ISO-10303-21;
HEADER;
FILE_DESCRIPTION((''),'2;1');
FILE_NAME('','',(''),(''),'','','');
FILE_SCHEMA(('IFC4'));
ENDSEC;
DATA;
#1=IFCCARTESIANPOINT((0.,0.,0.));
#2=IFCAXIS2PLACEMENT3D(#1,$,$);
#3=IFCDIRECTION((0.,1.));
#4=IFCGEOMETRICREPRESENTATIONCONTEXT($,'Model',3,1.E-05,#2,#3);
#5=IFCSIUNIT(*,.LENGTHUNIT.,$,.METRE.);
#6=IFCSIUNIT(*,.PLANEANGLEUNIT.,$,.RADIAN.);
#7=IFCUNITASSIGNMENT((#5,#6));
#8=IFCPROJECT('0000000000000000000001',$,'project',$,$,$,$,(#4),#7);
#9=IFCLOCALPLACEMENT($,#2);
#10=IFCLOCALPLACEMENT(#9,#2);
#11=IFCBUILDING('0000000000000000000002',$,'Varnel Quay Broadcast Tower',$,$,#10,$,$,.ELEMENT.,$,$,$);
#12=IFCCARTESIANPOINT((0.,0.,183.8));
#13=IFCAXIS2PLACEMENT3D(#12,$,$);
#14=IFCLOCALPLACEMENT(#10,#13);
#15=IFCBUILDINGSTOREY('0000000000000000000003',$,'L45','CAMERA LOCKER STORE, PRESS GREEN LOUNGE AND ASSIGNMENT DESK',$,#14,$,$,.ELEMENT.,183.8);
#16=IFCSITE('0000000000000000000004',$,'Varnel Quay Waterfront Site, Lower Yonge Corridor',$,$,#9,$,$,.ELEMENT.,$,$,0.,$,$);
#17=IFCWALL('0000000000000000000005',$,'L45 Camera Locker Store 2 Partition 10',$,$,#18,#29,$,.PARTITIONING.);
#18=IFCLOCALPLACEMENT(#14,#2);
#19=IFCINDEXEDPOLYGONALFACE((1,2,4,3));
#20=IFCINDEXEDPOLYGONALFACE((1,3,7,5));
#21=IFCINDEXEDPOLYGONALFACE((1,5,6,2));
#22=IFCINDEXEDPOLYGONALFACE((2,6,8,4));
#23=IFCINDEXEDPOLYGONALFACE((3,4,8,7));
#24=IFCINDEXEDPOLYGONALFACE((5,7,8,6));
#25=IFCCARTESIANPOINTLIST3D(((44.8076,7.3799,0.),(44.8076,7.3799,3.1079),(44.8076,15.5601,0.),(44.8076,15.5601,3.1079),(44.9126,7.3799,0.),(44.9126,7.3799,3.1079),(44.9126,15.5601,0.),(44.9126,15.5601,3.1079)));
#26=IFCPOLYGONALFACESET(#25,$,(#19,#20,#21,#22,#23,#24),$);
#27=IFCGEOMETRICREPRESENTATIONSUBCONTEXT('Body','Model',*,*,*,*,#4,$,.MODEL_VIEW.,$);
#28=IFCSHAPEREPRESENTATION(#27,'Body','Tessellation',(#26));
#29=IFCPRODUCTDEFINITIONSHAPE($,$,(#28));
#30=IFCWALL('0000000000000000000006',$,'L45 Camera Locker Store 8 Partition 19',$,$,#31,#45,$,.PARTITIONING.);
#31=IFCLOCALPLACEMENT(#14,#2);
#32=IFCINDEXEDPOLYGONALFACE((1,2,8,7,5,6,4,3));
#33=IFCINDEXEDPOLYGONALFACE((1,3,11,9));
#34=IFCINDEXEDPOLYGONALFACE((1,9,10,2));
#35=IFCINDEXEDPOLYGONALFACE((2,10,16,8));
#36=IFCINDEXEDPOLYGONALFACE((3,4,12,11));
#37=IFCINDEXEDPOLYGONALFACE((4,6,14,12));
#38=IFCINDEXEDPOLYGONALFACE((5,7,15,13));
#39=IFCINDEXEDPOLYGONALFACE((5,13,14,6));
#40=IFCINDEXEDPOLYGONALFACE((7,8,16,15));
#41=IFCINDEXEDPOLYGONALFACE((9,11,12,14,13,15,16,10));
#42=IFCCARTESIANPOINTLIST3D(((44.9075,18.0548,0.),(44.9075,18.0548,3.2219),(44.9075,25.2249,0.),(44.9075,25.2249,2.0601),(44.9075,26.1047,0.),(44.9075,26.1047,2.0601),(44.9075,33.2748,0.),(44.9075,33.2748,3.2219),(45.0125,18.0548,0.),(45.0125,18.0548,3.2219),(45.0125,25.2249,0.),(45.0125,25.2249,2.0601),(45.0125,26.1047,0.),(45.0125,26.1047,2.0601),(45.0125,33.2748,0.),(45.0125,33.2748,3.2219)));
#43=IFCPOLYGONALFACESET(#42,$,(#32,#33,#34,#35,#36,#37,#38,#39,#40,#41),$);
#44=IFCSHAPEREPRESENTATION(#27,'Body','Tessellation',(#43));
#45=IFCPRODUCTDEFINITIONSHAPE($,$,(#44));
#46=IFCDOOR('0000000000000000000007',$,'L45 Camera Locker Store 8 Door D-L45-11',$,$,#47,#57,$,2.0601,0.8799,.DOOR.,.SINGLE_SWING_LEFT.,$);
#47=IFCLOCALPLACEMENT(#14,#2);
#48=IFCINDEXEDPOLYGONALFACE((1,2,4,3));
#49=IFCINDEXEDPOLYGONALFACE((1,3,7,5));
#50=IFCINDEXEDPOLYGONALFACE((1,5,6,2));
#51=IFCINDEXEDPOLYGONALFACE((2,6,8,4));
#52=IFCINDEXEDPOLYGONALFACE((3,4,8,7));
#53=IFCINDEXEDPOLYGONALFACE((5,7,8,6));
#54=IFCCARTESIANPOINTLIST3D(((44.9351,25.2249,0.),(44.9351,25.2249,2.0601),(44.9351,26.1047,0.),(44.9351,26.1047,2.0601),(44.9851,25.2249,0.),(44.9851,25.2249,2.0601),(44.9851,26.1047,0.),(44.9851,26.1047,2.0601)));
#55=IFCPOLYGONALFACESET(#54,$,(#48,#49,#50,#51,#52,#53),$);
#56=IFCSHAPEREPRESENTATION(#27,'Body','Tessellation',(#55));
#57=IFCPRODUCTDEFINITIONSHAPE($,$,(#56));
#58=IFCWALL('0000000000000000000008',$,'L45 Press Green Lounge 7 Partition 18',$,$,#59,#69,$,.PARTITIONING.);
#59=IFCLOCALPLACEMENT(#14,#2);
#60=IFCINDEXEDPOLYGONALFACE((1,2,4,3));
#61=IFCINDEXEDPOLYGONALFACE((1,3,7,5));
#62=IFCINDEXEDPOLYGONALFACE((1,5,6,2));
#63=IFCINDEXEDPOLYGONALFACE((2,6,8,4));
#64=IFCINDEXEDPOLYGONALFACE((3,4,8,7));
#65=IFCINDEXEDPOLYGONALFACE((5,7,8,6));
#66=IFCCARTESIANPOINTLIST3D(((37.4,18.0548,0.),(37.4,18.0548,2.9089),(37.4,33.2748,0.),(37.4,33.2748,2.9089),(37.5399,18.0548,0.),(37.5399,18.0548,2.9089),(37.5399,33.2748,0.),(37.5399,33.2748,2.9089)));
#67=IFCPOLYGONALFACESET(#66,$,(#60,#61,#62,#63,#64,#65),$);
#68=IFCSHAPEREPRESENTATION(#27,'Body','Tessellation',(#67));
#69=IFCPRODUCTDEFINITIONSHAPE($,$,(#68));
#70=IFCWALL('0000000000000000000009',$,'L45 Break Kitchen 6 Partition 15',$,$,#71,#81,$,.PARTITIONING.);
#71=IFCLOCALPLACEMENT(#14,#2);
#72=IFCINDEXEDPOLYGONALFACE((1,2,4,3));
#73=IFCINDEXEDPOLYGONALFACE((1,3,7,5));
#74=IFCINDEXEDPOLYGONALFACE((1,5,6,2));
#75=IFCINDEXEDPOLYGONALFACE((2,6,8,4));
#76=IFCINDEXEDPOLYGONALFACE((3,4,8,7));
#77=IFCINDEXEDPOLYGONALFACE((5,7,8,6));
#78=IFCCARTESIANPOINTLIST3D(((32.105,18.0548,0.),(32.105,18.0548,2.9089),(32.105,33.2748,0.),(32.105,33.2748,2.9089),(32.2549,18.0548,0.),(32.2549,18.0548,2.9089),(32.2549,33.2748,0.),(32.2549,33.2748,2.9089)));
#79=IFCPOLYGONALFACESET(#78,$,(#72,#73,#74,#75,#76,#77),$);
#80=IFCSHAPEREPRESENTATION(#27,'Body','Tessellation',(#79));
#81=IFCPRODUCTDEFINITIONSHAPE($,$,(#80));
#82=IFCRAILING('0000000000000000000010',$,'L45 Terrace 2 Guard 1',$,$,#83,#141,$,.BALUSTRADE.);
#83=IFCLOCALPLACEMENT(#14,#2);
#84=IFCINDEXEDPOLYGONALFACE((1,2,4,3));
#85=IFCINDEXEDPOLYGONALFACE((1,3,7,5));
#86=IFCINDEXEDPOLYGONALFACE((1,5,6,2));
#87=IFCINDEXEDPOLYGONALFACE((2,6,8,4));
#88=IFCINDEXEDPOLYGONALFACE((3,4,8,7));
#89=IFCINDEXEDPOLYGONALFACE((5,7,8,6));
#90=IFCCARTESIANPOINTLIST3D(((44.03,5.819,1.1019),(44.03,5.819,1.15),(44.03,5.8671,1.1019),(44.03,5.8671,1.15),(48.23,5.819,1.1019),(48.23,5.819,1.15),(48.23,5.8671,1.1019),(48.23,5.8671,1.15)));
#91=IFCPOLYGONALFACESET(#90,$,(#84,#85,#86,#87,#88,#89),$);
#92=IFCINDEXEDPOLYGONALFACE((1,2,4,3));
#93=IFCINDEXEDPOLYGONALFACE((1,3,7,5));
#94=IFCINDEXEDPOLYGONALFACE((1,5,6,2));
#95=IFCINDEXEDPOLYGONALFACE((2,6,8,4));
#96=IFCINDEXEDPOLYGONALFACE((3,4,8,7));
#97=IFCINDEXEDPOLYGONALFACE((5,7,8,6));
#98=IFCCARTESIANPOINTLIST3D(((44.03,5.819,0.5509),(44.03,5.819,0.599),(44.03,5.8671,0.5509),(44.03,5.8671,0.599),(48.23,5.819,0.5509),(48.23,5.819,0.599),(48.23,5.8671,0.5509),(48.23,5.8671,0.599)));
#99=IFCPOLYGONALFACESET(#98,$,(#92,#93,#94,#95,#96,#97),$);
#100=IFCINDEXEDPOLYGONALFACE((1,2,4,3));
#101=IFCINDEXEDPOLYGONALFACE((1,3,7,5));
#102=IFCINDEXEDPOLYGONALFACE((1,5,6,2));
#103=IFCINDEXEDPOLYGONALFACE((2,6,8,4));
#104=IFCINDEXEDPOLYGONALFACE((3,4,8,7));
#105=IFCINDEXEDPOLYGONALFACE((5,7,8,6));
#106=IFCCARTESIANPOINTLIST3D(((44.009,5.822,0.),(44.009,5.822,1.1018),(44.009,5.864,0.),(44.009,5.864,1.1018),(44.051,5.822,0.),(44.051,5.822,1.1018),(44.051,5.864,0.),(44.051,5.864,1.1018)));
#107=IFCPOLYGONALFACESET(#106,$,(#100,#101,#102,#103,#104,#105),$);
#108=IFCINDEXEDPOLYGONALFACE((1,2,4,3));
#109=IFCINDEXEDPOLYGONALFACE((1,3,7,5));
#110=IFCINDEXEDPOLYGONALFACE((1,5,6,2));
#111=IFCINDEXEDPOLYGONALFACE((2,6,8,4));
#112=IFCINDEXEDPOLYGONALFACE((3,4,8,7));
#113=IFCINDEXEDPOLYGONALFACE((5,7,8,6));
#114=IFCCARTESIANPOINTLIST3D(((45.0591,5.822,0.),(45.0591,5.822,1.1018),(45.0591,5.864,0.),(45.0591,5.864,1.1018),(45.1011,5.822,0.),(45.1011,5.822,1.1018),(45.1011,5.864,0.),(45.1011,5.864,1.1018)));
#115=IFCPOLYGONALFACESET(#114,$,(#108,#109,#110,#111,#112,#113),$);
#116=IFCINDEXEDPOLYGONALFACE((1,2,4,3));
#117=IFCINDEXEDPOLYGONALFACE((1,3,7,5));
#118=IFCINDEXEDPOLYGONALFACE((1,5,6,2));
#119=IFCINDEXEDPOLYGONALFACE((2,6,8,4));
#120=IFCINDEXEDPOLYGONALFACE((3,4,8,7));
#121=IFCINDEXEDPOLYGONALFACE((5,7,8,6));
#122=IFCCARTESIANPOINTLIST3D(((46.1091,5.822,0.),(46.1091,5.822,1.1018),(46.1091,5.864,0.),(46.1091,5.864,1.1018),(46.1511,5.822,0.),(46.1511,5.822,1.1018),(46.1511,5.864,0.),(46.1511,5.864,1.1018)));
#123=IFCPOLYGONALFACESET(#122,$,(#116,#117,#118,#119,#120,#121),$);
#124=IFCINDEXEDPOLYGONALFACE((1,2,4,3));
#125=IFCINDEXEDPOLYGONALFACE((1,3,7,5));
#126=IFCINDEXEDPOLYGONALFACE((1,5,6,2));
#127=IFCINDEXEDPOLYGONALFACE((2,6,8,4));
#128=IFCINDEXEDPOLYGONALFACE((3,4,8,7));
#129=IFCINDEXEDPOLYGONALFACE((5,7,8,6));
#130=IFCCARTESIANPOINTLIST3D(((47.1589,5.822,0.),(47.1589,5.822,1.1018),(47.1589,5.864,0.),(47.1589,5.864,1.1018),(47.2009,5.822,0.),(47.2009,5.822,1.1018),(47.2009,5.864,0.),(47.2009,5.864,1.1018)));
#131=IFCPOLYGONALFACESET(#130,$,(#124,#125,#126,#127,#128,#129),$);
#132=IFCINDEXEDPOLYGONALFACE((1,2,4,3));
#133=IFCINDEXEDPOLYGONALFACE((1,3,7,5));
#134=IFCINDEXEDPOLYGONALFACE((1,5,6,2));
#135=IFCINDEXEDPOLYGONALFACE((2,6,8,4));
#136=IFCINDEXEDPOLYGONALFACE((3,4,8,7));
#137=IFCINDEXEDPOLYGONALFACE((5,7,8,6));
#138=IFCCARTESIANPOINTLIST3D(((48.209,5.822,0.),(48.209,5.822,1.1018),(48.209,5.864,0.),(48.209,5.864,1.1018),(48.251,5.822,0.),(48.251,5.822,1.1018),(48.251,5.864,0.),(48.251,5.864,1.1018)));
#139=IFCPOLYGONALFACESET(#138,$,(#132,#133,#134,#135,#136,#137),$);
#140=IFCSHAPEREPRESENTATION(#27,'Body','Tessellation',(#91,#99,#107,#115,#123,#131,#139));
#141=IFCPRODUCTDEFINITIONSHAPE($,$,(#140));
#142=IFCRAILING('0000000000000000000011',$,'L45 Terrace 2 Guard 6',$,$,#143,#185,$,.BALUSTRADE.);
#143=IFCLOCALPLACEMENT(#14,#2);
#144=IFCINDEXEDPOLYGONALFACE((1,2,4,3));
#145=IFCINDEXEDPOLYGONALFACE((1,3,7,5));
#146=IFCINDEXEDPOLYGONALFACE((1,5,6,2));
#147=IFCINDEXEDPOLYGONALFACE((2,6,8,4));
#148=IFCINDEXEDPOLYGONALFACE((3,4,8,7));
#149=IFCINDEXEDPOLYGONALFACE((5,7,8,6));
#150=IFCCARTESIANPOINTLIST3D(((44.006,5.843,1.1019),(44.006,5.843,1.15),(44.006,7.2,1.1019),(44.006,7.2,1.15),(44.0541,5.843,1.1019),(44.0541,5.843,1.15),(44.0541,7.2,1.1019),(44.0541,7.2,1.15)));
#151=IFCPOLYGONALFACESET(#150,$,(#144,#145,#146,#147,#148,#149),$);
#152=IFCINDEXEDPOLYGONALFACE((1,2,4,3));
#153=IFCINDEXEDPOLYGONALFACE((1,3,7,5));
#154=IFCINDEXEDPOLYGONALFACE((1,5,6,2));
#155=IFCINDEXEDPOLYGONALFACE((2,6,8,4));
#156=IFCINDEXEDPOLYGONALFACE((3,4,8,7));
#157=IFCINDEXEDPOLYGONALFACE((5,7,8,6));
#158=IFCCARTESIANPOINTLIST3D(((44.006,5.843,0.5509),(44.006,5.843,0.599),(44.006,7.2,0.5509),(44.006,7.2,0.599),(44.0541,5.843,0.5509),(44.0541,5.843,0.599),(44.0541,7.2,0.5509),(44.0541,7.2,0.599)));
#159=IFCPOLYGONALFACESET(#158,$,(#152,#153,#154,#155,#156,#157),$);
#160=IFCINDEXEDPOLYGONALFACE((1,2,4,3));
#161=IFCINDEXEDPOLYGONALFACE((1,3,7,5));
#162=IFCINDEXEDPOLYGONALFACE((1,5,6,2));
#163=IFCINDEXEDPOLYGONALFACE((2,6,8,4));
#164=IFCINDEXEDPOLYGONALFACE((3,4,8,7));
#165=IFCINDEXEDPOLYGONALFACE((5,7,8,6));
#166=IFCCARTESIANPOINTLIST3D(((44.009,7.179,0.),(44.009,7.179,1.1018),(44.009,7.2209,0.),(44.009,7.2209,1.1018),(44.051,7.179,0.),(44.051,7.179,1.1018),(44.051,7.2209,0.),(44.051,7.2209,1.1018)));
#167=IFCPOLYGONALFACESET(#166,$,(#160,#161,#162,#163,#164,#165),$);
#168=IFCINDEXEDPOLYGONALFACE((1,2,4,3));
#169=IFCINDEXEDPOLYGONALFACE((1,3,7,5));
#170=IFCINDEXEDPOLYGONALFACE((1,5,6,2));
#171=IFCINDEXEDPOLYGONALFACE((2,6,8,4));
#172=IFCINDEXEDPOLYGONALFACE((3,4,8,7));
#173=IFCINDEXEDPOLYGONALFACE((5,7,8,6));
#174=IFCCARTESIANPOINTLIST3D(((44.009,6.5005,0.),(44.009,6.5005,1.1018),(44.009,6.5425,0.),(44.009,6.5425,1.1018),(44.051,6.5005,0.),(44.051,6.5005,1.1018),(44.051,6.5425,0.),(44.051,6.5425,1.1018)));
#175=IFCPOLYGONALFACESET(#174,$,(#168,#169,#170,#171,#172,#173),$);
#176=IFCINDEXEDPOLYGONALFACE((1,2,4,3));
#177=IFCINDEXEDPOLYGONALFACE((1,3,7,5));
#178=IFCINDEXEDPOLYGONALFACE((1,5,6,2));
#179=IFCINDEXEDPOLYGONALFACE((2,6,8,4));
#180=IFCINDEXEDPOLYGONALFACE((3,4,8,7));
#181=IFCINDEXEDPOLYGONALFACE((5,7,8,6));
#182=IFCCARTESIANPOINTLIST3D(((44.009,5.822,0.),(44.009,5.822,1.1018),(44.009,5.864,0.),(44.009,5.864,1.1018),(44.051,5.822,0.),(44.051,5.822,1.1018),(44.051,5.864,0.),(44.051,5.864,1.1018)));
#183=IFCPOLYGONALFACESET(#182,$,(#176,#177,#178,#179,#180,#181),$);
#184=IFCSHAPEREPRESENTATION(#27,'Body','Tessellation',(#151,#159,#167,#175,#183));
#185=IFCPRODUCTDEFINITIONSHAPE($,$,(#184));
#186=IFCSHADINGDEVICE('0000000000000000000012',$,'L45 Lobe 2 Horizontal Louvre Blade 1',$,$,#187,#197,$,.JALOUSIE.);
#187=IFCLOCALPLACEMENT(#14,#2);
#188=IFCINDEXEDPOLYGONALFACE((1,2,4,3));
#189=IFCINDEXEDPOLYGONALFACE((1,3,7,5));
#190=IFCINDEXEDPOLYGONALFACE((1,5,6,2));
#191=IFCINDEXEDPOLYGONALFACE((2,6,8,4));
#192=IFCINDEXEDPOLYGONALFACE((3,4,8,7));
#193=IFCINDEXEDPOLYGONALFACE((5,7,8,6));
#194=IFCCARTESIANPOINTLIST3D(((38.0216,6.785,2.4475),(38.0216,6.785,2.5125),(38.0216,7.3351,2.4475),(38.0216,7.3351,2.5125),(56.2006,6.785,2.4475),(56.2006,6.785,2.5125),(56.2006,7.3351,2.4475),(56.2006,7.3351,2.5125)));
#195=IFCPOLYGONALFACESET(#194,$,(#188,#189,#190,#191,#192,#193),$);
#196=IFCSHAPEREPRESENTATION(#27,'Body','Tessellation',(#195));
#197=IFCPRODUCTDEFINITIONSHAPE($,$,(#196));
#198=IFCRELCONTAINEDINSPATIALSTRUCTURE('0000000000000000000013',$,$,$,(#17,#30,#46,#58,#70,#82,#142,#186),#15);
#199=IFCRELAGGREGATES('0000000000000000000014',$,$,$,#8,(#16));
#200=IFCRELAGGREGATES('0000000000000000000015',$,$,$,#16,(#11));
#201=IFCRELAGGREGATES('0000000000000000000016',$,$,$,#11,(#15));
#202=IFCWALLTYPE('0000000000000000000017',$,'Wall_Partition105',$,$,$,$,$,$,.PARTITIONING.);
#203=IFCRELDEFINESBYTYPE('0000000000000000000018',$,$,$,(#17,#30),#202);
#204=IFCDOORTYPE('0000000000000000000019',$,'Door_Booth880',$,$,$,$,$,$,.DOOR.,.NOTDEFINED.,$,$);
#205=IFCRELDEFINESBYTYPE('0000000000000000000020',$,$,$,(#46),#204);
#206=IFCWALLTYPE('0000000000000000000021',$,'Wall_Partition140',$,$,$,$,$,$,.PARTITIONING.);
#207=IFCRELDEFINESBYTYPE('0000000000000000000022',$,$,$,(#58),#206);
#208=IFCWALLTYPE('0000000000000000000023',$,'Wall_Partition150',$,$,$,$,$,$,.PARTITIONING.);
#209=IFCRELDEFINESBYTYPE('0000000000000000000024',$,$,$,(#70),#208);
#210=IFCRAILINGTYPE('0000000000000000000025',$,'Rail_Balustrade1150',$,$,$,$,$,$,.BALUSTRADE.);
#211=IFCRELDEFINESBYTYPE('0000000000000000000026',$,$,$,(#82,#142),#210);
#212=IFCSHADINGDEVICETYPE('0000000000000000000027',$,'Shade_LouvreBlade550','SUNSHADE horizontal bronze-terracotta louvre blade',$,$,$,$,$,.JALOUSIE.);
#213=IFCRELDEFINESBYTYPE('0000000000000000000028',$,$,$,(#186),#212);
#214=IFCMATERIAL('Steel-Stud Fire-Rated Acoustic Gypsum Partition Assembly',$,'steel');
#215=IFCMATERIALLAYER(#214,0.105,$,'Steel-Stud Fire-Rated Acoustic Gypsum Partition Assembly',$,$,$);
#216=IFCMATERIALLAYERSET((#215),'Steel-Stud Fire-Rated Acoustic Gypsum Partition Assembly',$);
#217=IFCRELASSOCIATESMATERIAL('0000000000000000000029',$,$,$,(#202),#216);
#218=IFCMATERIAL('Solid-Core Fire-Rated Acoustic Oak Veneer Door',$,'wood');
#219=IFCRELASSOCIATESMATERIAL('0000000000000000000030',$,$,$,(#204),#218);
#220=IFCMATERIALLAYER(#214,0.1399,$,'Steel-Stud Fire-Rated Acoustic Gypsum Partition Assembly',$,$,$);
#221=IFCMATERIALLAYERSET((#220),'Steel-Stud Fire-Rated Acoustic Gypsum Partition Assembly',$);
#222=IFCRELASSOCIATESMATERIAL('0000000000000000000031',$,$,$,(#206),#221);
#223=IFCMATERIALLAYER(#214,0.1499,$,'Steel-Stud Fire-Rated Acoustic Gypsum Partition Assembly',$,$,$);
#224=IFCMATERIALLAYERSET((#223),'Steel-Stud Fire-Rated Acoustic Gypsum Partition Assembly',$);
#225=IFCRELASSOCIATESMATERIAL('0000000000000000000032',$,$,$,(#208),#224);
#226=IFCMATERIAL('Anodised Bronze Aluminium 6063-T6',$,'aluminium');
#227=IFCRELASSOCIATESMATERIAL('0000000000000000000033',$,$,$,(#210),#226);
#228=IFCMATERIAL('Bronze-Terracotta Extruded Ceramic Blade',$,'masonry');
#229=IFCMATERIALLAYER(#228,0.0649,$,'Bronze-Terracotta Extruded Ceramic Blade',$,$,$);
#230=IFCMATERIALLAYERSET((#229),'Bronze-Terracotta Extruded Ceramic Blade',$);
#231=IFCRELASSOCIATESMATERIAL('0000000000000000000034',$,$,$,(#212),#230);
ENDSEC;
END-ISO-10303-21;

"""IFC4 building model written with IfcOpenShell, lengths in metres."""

from ifc_helpers import new_model, si_unit, direction, frame, frame_2d, origin, origin_2d, place, context, subcontext, project, spatial, rectangle, extrude, source, transform, mapped, material, layer, layer_set, type_object, type_shapes, element, fill, save


model = new_model("IFC4")

# Units and contexts
model_context = context("Model", 3, precision=1e-05, world=origin(), true_north=direction((0.0, 1.0)))
body_context = subcontext(model_context, "Body", "Model", "MODEL_VIEW")
ifc_project = project(units=[si_unit("LENGTHUNIT", "METRE"), si_unit("PLANEANGLEUNIT", "RADIAN")], contexts=[model_context])

# Site, building, storey
site_placement = place(None, origin())
site = spatial("IfcSite", under=ifc_project, at=site_placement, Name="Varnel Quay Waterfront Site, Lower Yonge Corridor", CompositionType="ELEMENT", RefElevation=0.0)
building_placement = place(site_placement, origin())
building = spatial("IfcBuilding", under=site, at=building_placement, Name="Varnel Quay Broadcast Tower", CompositionType="ELEMENT")
storey_placement = place(building_placement, frame((0.0, 0.0, 183.8)))
storey = spatial("IfcBuildingStorey", under=building, at=storey_placement, Name="L45", Description="CAMERA LOCKER STORE, PRESS GREEN LOUNGE AND ASSIGNMENT DESK", CompositionType="ELEMENT", Elevation=183.8)

# Shared definitions
ifc_material_1 = material(Name="Anodised Bronze Aluminium 6063-T6", Category="aluminium")

# Wall
ifc_material_2 = material(Name="Steel-Stud Fire-Rated Acoustic Gypsum Partition Assembly", Category="steel")
ifc_layer_1 = layer(ifc_material_2, 0.105, Name="Steel-Stud Fire-Rated Acoustic Gypsum Partition Assembly")
ifc_layer_set_1 = layer_set([ifc_layer_1], Name="Steel-Stud Fire-Rated Acoustic Gypsum Partition Assembly")
wall_type_1 = type_object("IfcWallType", Name="Wall_Partition105", PredefinedType="PARTITIONING", material=ifc_layer_set_1)
wall_1_placement = place(storey_placement, frame((44.8601, 7.3799, 0.0), z_axis=(0.0, 0.0, 1.0), x_axis=(0.0, 1.0, 0.0)))
element("IfcWall", 1, at=wall_1_placement, inside=storey, type_object=wall_type_1, Name="L45 Camera Locker Store 2 Partition 10", PredefinedType="PARTITIONING", context=body_context, shape_type="SweptSolid", body=[
    extrude(rectangle(XDim=8.1802, YDim=0.105, at=frame_2d((4.0901, 0.0))), origin(), (0.0, 0.0, 1.0), 3.1079),
])

# Wall, opening, door
wall_2_placement = place(storey_placement, frame((44.96, 18.0549, 0.0), z_axis=(0.0, 0.0, 1.0), x_axis=(0.0, 1.0, 0.0)))
wall_2 = element("IfcWall", 2, at=wall_2_placement, inside=storey, type_object=wall_type_1, Name="L45 Camera Locker Store 8 Partition 19", PredefinedType="PARTITIONING", context=body_context, shape_type="SweptSolid", body=[
    extrude(rectangle(XDim=15.22, YDim=0.105, at=frame_2d((7.6099, 0.0))), origin(), (0.0, 0.0, 1.0), 3.2219),
])
opening_1_placement = place(wall_2_placement, frame((7.1699, 0.0, 0.0)))
opening_1 = element("IfcOpeningElement", 3, at=opening_1_placement, cuts=wall_2, PredefinedType="OPENING", context=body_context, shape_type="SweptSolid", body=[
    extrude(rectangle(XDim=0.8799, YDim=2.0601, at=frame_2d((0.4399, 1.03))), frame((0.0, 0.0625, 0.0), z_axis=(0.0, -1.0, 0.0), x_axis=(1.0, 0.0, 0.0)), (0.0, 0.0, 1.0), 0.125),
])
ifc_material_3 = material(Name="Solid-Core Fire-Rated Acoustic Oak Veneer Door", Category="wood")
door_type_1 = type_object("IfcDoorType", Name="Door_Booth880", OperationType="NOTDEFINED", PredefinedType="DOOR", material=ifc_material_3)
shared_shape_1 = source(origin(), body_context, "Body", "SweptSolid", [
    extrude(rectangle(XDim=0.8799, YDim=2.0601, at=frame_2d((0.4399, 1.03))), frame((0.0, 0.0249, 0.0), z_axis=(0.0, -1.0, 0.0), x_axis=(1.0, 0.0, 0.0)), (0.0, 0.0, 1.0), 0.05),
])
type_shapes(door_type_1, [shared_shape_1])
door_1_placement = place(opening_1_placement, origin())
door_1 = element("IfcDoor", 4, at=door_1_placement, inside=storey, type_object=door_type_1, Name="L45 Camera Locker Store 8 Door D-L45-11", OperationType="SINGLE_SWING_LEFT", OverallHeight=2.0601, OverallWidth=0.8799, PredefinedType="DOOR", context=body_context, shape_type="MappedRepresentation", body=[
    mapped(shared_shape_1, transform((0.0, 0.0, 0.0), x_axis=(1.0, 0.0, 0.0), y_axis=(0.0, 1.0, 0.0), z_axis=(0.0, 0.0, 1.0), scale=1.0)),
])
fill(opening_1, door_1)

# Walls
ifc_layer_2 = layer(ifc_material_2, 0.1399, Name="Steel-Stud Fire-Rated Acoustic Gypsum Partition Assembly")
ifc_layer_set_2 = layer_set([ifc_layer_2], Name="Steel-Stud Fire-Rated Acoustic Gypsum Partition Assembly")
wall_type_2 = type_object("IfcWallType", Name="Wall_Partition140", PredefinedType="PARTITIONING", material=ifc_layer_set_2)
wall_3_placement = place(storey_placement, frame((37.47, 18.0549, 0.0), z_axis=(0.0, 0.0, 1.0), x_axis=(0.0, 1.0, 0.0)))
element("IfcWall", 5, at=wall_3_placement, inside=storey, type_object=wall_type_2, Name="L45 Press Green Lounge 7 Partition 18", PredefinedType="PARTITIONING", context=body_context, shape_type="SweptSolid", body=[
    extrude(rectangle(XDim=15.22, YDim=0.1399, at=frame_2d((7.6099, 0.0))), origin(), (0.0, 0.0, 1.0), 2.9089),
])
ifc_layer_3 = layer(ifc_material_2, 0.1499, Name="Steel-Stud Fire-Rated Acoustic Gypsum Partition Assembly")
ifc_layer_set_3 = layer_set([ifc_layer_3], Name="Steel-Stud Fire-Rated Acoustic Gypsum Partition Assembly")
wall_type_3 = type_object("IfcWallType", Name="Wall_Partition150", PredefinedType="PARTITIONING", material=ifc_layer_set_3)
wall_4_placement = place(storey_placement, frame((32.1799, 18.0549, 0.0), z_axis=(0.0, 0.0, 1.0), x_axis=(0.0, 1.0, 0.0)))
element("IfcWall", 6, at=wall_4_placement, inside=storey, type_object=wall_type_3, Name="L45 Break Kitchen 6 Partition 15", PredefinedType="PARTITIONING", context=body_context, shape_type="SweptSolid", body=[
    extrude(rectangle(XDim=15.22, YDim=0.1499, at=frame_2d((7.6099, 0.0))), origin(), (0.0, 0.0, 1.0), 2.9089),
])

# Railings
railing_type = type_object("IfcRailingType", Name="Rail_Balustrade1150", PredefinedType="BALUSTRADE", material=ifc_material_1)
railing_1_placement = place(storey_placement, frame((44.03, 5.843, 0.0)))
element("IfcRailing", 7, at=railing_1_placement, inside=storey, type_object=railing_type, Name="L45 Terrace 2 Guard 1", PredefinedType="BALUSTRADE", context=body_context, shape_type="SweptSolid", body=[
    extrude(rectangle(XDim=0.0481, YDim=0.0481, at=origin_2d()), frame((0.0, 0.0, 1.126), z_axis=(1.0, 0.0, 0.0), x_axis=(0.0, 1.0, 0.0)), (0.0, 0.0, 1.0), 4.2),
    extrude(rectangle(XDim=0.0481, YDim=0.0481, at=origin_2d()), frame((0.0, 0.0, 0.575), z_axis=(1.0, 0.0, 0.0), x_axis=(0.0, 1.0, 0.0)), (0.0, 0.0, 1.0), 4.2),
    extrude(rectangle(XDim=0.042, YDim=0.042, at=origin_2d()), origin(), (0.0, 0.0, 1.0), 1.1018),
    extrude(rectangle(XDim=0.042, YDim=0.042, at=origin_2d()), frame((1.05, 0.0, 0.0)), (0.0, 0.0, 1.0), 1.1018),
    extrude(rectangle(XDim=0.042, YDim=0.042, at=origin_2d()), frame((2.1001, 0.0, 0.0)), (0.0, 0.0, 1.0), 1.1018),
    extrude(rectangle(XDim=0.042, YDim=0.042, at=origin_2d()), frame((3.1499, 0.0, 0.0)), (0.0, 0.0, 1.0), 1.1018),
    extrude(rectangle(XDim=0.042, YDim=0.042, at=origin_2d()), frame((4.2, 0.0, 0.0)), (0.0, 0.0, 1.0), 1.1018),
])
railing_2_placement = place(storey_placement, frame((44.03, 7.2, 0.0)))
element("IfcRailing", 8, at=railing_2_placement, inside=storey, type_object=railing_type, Name="L45 Terrace 2 Guard 6", PredefinedType="BALUSTRADE", context=body_context, shape_type="SweptSolid", body=[
    extrude(rectangle(XDim=0.0481, YDim=0.0481, at=origin_2d()), frame((0.0, 0.0, 1.126), z_axis=(0.0, -1.0, 0.0), x_axis=(1.0, 0.0, 0.0)), (0.0, 0.0, 1.0), 1.3569),
    extrude(rectangle(XDim=0.0481, YDim=0.0481, at=origin_2d()), frame((0.0, 0.0, 0.575), z_axis=(0.0, -1.0, 0.0), x_axis=(1.0, 0.0, 0.0)), (0.0, 0.0, 1.0), 1.3569),
    extrude(rectangle(XDim=0.042, YDim=0.042, at=origin_2d()), origin(), (0.0, 0.0, 1.0), 1.1018),
    extrude(rectangle(XDim=0.042, YDim=0.042, at=origin_2d()), frame((0.0, -0.6785, 0.0)), (0.0, 0.0, 1.0), 1.1018),
    extrude(rectangle(XDim=0.042, YDim=0.042, at=origin_2d()), frame((0.0, -1.3569, 0.0)), (0.0, 0.0, 1.0), 1.1018),
])

# Shading device
ifc_material_4 = material(Name="Bronze-Terracotta Extruded Ceramic Blade", Category="masonry")
ifc_layer_4 = layer(ifc_material_4, 0.0649, Name="Bronze-Terracotta Extruded Ceramic Blade")
ifc_layer_set_4 = layer_set([ifc_layer_4], Name="Bronze-Terracotta Extruded Ceramic Blade")
shading_device_type = type_object("IfcShadingDeviceType", Name="Shade_LouvreBlade550", Description="SUNSHADE horizontal bronze-terracotta louvre blade", PredefinedType="JALOUSIE", material=ifc_layer_set_4)
shared_shape_2 = source(origin(), body_context, "Body", "SweptSolid", [
    extrude(rectangle(XDim=18.179, YDim=0.55, at=origin_2d()), origin(), (0.0, 0.0, 1.0), 0.0649),
])
type_shapes(shading_device_type, [shared_shape_2])
for number, where, z_axis, x_axis, name in (
    (9, (47.1111, 7.0601, 2.4475), (0.0, 0.0, 1.0), (1.0, 0.0, 0.0), "L45 Lobe 2 Horizontal Louvre Blade 1"),
):
    element("IfcShadingDevice", number, at=place(storey_placement, frame(where, z_axis=z_axis, x_axis=x_axis)), inside=storey, type_object=shading_device_type, Name=name, PredefinedType="JALOUSIE", context=body_context, shape_type="MappedRepresentation", body=[
        mapped(shared_shape_2, transform((0.0, 0.0, 0.0), x_axis=(1.0, 0.0, 0.0), y_axis=(0.0, 1.0, 0.0), z_axis=(0.0, 0.0, 1.0), scale=1.0)),
    ])

save(model, "model.ifc")
